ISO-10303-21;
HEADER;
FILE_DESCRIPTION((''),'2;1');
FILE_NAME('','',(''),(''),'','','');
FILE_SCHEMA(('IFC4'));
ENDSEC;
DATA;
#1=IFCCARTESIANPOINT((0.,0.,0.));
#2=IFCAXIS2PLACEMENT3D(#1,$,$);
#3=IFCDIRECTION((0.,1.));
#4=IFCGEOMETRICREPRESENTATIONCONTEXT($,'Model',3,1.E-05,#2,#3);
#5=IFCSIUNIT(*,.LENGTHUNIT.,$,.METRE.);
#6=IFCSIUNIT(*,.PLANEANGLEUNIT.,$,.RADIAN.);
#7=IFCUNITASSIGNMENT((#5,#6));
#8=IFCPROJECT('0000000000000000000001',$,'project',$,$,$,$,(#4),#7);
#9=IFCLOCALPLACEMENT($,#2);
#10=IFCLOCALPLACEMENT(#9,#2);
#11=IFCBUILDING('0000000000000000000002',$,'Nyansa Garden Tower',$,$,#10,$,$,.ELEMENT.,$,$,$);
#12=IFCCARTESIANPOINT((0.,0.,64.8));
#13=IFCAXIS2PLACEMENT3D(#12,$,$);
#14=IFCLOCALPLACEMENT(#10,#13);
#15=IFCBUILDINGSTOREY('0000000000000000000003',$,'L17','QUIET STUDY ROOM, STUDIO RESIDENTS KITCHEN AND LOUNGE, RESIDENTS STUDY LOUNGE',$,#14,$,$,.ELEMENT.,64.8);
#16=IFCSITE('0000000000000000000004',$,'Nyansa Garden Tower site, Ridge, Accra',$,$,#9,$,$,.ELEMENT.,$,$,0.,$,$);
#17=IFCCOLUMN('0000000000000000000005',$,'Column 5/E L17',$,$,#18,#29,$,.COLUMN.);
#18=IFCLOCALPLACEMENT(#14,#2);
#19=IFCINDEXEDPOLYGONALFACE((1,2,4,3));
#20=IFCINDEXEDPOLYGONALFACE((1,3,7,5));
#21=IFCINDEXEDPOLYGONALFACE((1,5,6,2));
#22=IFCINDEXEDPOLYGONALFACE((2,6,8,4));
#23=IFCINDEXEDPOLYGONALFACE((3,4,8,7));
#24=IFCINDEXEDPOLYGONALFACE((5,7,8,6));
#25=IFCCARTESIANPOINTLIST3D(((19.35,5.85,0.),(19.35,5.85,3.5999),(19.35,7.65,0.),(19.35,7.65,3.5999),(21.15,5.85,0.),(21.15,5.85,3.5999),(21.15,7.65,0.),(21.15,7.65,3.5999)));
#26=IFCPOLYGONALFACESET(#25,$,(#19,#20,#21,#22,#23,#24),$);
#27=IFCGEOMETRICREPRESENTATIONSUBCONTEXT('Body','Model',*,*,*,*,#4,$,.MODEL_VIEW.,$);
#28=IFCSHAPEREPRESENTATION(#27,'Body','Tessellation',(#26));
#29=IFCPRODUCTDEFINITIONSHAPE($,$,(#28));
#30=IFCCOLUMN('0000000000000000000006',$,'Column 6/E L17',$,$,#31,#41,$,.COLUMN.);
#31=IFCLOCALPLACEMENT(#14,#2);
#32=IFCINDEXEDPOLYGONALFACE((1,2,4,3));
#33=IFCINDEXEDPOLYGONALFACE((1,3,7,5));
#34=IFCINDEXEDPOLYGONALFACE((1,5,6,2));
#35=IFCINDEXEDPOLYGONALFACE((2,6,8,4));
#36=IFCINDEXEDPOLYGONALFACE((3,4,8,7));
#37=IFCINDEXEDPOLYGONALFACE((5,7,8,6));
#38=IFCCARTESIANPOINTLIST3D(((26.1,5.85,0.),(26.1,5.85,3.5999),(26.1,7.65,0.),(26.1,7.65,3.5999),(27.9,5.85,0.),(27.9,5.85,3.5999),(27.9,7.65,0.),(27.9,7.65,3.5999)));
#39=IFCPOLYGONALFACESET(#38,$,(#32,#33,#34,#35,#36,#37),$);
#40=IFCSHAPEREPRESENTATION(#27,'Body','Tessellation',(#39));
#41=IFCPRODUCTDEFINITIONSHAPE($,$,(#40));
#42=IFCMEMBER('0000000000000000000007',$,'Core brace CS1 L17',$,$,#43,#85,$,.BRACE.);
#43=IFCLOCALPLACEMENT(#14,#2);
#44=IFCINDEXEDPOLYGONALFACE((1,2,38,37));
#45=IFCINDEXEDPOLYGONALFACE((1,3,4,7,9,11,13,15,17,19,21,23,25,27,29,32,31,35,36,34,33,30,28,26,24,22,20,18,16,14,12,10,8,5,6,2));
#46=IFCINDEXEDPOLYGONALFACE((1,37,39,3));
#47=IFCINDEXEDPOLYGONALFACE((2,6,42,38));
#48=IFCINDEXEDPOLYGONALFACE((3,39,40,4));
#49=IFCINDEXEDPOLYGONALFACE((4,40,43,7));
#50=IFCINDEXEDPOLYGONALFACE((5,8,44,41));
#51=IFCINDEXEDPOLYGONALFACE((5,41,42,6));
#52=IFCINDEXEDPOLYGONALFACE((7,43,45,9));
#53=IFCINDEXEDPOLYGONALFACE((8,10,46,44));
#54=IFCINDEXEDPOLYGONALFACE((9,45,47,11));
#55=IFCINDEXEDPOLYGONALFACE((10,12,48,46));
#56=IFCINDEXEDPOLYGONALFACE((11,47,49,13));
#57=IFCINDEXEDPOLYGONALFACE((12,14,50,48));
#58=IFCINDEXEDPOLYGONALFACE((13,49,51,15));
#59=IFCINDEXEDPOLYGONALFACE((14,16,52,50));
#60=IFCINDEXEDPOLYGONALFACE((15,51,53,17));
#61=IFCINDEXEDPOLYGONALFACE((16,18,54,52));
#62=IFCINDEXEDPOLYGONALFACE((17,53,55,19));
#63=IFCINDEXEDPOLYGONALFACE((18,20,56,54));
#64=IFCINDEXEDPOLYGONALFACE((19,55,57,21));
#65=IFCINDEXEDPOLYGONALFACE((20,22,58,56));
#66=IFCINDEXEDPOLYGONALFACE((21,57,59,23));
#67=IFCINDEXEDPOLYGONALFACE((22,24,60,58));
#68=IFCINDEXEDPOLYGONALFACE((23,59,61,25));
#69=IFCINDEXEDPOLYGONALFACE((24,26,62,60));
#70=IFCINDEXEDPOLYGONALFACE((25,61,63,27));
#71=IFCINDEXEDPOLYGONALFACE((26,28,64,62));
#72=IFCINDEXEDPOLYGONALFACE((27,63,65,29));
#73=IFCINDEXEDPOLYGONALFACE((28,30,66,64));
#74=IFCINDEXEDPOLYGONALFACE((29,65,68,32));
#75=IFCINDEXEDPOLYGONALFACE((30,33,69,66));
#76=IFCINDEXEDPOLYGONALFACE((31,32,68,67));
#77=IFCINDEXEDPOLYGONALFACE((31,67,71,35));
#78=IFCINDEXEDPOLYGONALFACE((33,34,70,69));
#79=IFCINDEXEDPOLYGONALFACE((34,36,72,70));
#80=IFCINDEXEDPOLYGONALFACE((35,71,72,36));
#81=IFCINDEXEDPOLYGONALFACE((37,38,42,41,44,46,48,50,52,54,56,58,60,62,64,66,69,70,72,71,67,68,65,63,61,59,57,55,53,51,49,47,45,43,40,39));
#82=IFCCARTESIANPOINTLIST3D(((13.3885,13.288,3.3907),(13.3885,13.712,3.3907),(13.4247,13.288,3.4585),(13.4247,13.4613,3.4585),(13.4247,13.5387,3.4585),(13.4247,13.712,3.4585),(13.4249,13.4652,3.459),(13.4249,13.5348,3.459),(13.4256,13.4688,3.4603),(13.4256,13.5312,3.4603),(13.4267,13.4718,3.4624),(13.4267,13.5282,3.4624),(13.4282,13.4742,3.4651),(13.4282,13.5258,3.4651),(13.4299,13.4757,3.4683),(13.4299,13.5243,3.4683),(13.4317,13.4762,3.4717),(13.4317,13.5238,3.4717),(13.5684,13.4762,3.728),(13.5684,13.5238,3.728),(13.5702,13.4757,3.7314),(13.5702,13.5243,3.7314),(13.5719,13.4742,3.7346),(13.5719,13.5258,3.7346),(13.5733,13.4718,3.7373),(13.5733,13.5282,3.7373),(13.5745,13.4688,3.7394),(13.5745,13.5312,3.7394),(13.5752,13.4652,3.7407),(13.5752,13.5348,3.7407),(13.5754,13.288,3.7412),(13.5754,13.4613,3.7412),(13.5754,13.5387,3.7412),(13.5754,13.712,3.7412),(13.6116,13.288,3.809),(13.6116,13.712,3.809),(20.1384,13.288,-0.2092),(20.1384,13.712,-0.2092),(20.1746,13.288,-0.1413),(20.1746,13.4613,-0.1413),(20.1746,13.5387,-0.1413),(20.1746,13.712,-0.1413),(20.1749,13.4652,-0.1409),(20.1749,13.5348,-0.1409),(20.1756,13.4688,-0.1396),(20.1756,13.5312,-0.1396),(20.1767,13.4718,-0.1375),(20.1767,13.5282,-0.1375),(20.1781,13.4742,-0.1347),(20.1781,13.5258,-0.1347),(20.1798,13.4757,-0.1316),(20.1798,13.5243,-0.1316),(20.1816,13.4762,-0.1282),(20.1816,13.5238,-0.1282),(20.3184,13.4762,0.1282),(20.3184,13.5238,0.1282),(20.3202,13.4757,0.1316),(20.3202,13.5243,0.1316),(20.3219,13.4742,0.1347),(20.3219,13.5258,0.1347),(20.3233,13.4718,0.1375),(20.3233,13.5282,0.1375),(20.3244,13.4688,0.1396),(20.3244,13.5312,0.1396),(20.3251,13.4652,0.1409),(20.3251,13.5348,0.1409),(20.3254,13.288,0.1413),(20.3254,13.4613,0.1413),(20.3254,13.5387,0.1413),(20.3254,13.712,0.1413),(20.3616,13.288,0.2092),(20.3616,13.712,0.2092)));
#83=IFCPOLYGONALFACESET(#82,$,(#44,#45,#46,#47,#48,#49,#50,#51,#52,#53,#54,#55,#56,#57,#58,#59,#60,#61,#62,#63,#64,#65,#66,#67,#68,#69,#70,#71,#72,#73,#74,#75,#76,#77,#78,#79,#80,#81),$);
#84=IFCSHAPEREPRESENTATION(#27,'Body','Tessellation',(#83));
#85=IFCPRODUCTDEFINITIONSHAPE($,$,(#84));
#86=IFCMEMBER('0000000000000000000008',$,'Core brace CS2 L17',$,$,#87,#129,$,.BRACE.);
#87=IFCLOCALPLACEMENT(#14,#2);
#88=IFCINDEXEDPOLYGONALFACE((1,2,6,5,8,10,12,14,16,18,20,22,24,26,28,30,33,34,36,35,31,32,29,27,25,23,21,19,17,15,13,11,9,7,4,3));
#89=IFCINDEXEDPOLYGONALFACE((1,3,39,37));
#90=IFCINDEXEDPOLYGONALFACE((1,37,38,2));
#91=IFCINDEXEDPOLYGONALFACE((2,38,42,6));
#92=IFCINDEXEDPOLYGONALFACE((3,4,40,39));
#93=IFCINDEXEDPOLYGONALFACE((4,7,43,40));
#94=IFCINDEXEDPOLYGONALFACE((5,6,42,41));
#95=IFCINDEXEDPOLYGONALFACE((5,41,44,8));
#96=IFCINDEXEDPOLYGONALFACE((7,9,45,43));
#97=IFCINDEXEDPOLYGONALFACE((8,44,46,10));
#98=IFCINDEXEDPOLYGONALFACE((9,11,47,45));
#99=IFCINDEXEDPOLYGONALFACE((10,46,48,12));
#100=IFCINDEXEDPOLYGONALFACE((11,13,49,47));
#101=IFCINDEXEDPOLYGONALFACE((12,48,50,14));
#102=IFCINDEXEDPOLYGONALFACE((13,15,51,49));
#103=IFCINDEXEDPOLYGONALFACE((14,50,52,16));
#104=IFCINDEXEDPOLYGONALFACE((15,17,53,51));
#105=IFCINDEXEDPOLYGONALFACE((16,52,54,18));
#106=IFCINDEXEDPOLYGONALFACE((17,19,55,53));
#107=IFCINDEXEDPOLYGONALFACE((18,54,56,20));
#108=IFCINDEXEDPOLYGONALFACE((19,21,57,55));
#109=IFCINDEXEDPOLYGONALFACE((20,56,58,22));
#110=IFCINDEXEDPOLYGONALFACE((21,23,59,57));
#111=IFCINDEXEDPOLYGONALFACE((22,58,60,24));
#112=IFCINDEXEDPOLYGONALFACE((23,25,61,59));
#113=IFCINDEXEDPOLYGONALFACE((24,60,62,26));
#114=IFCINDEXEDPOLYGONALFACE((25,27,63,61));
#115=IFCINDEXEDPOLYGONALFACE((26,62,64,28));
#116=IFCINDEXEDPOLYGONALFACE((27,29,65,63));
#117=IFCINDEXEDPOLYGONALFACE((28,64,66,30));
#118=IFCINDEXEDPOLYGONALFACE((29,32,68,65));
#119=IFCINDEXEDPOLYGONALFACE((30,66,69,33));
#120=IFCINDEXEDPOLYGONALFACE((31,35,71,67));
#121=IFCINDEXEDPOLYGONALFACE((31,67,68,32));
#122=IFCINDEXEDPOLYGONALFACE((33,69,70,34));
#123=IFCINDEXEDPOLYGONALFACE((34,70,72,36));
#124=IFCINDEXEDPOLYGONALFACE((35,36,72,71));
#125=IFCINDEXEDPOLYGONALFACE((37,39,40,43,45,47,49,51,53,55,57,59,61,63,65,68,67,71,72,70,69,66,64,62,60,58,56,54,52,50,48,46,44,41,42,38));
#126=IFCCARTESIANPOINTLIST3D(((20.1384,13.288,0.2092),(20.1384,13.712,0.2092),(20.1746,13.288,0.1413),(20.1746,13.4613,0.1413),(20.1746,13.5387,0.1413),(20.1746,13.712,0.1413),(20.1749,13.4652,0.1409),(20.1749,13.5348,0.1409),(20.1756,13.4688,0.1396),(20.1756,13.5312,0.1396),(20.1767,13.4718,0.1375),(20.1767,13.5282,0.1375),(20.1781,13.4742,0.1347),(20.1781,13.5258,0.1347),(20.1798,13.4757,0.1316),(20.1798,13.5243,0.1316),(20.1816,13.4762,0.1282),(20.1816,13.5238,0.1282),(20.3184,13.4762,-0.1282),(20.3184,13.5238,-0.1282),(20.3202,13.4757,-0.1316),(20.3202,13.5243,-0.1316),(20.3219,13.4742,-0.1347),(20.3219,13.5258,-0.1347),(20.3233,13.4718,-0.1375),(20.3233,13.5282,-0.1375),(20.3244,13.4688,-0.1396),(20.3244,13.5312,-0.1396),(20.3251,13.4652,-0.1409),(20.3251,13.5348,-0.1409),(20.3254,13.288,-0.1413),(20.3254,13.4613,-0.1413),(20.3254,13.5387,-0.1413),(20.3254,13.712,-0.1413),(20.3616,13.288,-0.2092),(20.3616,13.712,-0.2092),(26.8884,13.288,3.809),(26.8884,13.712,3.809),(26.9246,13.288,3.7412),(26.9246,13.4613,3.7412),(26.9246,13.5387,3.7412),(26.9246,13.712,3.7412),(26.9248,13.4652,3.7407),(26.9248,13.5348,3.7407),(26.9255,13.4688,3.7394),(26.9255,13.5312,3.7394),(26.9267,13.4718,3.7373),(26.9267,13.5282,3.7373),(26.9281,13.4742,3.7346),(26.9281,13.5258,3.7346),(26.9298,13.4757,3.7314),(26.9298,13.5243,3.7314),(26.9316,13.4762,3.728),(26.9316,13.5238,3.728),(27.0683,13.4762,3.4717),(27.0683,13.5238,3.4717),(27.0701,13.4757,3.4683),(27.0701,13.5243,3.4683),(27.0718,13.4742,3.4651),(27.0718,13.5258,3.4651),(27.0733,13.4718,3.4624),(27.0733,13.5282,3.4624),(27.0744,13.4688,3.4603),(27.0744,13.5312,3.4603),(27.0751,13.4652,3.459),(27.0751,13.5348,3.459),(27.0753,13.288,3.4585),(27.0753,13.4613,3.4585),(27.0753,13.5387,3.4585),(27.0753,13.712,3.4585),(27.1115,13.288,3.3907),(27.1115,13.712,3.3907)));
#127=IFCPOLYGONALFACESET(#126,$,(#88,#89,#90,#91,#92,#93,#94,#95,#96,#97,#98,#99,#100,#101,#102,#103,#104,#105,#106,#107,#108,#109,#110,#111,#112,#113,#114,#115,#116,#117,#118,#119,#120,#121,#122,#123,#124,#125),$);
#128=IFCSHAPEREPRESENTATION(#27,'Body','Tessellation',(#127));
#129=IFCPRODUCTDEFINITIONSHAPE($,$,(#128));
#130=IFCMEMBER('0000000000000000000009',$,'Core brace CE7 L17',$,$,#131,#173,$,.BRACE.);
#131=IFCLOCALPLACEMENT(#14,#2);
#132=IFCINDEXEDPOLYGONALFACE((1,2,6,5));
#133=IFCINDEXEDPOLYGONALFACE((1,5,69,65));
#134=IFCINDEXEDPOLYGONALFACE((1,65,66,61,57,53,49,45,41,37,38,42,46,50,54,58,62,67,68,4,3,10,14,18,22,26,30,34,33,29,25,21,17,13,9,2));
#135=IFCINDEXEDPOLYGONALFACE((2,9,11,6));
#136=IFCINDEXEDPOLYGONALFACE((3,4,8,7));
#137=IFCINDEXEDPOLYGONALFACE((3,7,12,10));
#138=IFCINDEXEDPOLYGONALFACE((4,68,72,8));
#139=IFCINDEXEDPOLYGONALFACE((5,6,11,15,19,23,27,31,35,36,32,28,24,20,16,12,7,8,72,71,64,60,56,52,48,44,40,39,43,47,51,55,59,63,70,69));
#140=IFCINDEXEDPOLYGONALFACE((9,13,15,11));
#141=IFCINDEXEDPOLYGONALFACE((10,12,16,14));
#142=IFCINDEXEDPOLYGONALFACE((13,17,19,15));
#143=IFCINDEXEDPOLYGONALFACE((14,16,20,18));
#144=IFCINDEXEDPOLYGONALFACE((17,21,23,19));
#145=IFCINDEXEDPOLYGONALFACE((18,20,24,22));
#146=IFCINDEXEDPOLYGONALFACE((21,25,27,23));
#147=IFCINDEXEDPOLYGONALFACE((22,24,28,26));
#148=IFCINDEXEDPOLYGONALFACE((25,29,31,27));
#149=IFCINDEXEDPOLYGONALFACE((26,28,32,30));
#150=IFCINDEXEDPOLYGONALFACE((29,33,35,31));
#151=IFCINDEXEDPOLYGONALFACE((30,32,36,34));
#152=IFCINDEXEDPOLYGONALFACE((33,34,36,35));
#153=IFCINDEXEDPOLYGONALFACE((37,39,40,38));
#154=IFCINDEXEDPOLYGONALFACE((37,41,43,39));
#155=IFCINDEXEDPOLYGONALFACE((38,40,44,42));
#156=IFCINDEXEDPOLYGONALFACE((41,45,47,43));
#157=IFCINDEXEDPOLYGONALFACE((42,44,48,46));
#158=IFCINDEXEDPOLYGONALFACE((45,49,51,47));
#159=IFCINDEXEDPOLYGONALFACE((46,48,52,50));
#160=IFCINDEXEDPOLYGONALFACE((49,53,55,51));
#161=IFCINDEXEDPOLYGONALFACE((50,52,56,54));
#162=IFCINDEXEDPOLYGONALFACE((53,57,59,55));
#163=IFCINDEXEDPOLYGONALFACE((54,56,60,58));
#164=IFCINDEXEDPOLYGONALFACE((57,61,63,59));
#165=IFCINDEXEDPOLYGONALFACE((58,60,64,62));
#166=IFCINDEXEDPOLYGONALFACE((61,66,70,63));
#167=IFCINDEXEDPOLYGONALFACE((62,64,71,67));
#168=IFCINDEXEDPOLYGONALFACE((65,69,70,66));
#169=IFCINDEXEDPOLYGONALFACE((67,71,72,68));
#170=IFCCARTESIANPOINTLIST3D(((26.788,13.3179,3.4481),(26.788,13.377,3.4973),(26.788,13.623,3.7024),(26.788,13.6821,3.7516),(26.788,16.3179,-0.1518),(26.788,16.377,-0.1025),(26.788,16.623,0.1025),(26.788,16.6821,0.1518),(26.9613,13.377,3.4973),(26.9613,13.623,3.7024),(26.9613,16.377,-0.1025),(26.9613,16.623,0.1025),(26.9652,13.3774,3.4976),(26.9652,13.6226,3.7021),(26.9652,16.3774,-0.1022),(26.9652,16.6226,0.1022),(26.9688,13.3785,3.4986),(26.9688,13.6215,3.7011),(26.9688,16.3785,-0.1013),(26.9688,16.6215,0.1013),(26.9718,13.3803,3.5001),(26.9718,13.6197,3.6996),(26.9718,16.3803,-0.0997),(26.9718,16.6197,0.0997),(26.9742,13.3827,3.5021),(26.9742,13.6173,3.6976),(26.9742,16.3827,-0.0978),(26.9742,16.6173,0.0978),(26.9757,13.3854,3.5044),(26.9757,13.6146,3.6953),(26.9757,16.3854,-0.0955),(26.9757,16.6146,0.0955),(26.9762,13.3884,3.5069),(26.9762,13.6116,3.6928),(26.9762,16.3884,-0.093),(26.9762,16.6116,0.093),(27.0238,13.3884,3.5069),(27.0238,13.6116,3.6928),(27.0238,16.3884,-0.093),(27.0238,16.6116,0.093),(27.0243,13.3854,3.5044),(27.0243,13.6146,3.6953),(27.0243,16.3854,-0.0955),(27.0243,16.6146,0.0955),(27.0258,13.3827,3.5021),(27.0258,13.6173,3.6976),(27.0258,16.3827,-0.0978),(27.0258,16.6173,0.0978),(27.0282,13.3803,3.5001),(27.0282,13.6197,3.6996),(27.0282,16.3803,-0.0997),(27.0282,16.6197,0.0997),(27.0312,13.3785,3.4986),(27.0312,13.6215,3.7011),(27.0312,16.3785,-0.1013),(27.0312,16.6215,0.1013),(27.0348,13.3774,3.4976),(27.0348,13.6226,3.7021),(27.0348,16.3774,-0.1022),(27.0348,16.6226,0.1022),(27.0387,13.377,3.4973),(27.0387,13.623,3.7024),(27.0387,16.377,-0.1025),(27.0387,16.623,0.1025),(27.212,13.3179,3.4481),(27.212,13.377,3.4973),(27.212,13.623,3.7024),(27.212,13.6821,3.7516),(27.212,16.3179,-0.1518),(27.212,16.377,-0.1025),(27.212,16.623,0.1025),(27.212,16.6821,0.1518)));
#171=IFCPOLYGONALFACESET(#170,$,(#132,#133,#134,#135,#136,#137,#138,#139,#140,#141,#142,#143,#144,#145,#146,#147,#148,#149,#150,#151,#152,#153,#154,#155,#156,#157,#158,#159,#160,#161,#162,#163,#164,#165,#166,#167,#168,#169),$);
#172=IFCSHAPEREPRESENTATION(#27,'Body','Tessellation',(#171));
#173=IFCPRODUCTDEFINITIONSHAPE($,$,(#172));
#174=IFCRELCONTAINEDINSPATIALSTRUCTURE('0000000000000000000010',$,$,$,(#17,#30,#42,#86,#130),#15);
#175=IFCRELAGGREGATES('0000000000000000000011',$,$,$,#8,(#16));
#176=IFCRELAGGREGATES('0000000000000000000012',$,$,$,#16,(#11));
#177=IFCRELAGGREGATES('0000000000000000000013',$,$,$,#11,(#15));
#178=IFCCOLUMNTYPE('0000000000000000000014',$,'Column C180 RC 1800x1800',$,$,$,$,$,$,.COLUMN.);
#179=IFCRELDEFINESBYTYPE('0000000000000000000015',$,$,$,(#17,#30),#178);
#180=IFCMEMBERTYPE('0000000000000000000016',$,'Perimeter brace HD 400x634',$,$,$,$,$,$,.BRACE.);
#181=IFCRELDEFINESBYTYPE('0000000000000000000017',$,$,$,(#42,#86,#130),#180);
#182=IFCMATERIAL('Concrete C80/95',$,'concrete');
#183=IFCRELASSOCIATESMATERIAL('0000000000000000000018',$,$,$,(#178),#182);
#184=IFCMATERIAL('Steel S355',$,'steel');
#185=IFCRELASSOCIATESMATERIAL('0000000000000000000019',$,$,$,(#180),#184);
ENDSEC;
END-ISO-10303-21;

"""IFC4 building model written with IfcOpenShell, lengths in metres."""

from ifc_helpers import new_model, si_unit, direction, frame, origin, origin_2d, place, context, subcontext, project, spatial, rectangle, i_section, extrude, material, material_profile, profile_set, type_object, element, save


model = new_model("IFC4")

# Units and contexts
model_context = context("Model", 3, precision=1e-05, world=origin(), true_north=direction((0.0, 1.0)))
body_context = subcontext(model_context, "Body", "Model", "MODEL_VIEW")
ifc_project = project(units=[si_unit("LENGTHUNIT", "METRE"), si_unit("PLANEANGLEUNIT", "RADIAN")], contexts=[model_context])

# Site, building, storey
site_placement = place(None, origin())
site = spatial("IfcSite", under=ifc_project, at=site_placement, Name="Nyansa Garden Tower site, Ridge, Accra", CompositionType="ELEMENT", RefElevation=0.0)
building_placement = place(site_placement, origin())
building = spatial("IfcBuilding", under=site, at=building_placement, Name="Nyansa Garden Tower", CompositionType="ELEMENT")
storey_placement = place(building_placement, frame((0.0, 0.0, 64.8)))
storey = spatial("IfcBuildingStorey", under=building, at=storey_placement, Name="L17", Description="QUIET STUDY ROOM, STUDIO RESIDENTS KITCHEN AND LOUNGE, RESIDENTS STUDY LOUNGE", CompositionType="ELEMENT", Elevation=64.8)

# Columns
ifc_material_1 = material(Name="Concrete C80/95", Category="concrete")
ifc_material_profile_1 = material_profile(ifc_material_1, rectangle(XDim=1.8, YDim=1.8, at=origin_2d()), Name="RC 1800x1800")
ifc_profile_set_1 = profile_set([ifc_material_profile_1], Name="Concrete C80/95")
column_type = type_object("IfcColumnType", Name="Column C180 RC 1800x1800", PredefinedType="COLUMN", material=ifc_profile_set_1)
for number, where, z_axis, x_axis, name in (
    (1, (20.25, 6.75, 0.0), (0.0, 0.0, 1.0), (1.0, 0.0, 0.0), "Column 5/E L17"),
    (2, (27.0, 6.75, 0.0), (0.0, 0.0, 1.0), (1.0, 0.0, 0.0), "Column 6/E L17"),
):
    element("IfcColumn", number, at=place(storey_placement, frame(where, z_axis=z_axis, x_axis=x_axis)), inside=storey, type_object=column_type, Name=name, PredefinedType="COLUMN", context=body_context, shape_type="SweptSolid", body=[
        extrude(rectangle(XDim=1.8, YDim=1.8, at=origin_2d()), origin(), (0.0, 0.0, 1.0), 3.5999),
    ])

# Members
ifc_material_2 = material(Name="Steel S355", Category="steel")
ifc_material_profile_2 = material_profile(ifc_material_2, i_section(OverallWidth=0.4241, OverallDepth=0.4741, WebThickness=0.0476, FlangeThickness=0.0769, FilletRadius=0.0149, at=origin_2d()), Name="HD 400x634")
ifc_profile_set_2 = profile_set([ifc_material_profile_2], Name="Steel S355")
member_type = type_object("IfcMemberType", Name="Perimeter brace HD 400x634", PredefinedType="BRACE", material=ifc_profile_set_2)
for number, where, z_axis, x_axis, name in (
    (3, (20.25, 13.5, 0.0), (-0.882361, 0.0, 0.470573), (0.0, -1.0, 0.0), "Core brace CS1 L17"),
    (4, (20.25, 13.5, 0.0), (0.882361, 0.0, 0.470573), (0.0, 1.0, 0.0), "Core brace CS2 L17"),
):
    element("IfcMember", number, at=place(storey_placement, frame(where, z_axis=z_axis, x_axis=x_axis)), inside=storey, type_object=member_type, Name=name, PredefinedType="BRACE", context=body_context, shape_type="SweptSolid", body=[
        extrude(i_section(OverallWidth=0.4241, OverallDepth=0.4741, WebThickness=0.0476, FlangeThickness=0.0769, FilletRadius=0.0149, at=origin_2d()), origin(), (0.0, 0.0, 1.0), 7.6499),
    ])
member_placement = place(storey_placement, frame((27.0, 16.5, 0.0), z_axis=(0.0, -0.6402, 0.768208), x_axis=(1.0, 0.0, 0.0)))
element("IfcMember", 5, at=member_placement, inside=storey, type_object=member_type, Name="Core brace CE7 L17", PredefinedType="BRACE", context=body_context, shape_type="SweptSolid", body=[
    extrude(i_section(OverallWidth=0.4241, OverallDepth=0.4741, WebThickness=0.0476, FlangeThickness=0.0769, FilletRadius=0.0149, at=origin_2d()), origin(), (0.0, 0.0, 1.0), 4.686),
])

save(model, "model.ifc")
